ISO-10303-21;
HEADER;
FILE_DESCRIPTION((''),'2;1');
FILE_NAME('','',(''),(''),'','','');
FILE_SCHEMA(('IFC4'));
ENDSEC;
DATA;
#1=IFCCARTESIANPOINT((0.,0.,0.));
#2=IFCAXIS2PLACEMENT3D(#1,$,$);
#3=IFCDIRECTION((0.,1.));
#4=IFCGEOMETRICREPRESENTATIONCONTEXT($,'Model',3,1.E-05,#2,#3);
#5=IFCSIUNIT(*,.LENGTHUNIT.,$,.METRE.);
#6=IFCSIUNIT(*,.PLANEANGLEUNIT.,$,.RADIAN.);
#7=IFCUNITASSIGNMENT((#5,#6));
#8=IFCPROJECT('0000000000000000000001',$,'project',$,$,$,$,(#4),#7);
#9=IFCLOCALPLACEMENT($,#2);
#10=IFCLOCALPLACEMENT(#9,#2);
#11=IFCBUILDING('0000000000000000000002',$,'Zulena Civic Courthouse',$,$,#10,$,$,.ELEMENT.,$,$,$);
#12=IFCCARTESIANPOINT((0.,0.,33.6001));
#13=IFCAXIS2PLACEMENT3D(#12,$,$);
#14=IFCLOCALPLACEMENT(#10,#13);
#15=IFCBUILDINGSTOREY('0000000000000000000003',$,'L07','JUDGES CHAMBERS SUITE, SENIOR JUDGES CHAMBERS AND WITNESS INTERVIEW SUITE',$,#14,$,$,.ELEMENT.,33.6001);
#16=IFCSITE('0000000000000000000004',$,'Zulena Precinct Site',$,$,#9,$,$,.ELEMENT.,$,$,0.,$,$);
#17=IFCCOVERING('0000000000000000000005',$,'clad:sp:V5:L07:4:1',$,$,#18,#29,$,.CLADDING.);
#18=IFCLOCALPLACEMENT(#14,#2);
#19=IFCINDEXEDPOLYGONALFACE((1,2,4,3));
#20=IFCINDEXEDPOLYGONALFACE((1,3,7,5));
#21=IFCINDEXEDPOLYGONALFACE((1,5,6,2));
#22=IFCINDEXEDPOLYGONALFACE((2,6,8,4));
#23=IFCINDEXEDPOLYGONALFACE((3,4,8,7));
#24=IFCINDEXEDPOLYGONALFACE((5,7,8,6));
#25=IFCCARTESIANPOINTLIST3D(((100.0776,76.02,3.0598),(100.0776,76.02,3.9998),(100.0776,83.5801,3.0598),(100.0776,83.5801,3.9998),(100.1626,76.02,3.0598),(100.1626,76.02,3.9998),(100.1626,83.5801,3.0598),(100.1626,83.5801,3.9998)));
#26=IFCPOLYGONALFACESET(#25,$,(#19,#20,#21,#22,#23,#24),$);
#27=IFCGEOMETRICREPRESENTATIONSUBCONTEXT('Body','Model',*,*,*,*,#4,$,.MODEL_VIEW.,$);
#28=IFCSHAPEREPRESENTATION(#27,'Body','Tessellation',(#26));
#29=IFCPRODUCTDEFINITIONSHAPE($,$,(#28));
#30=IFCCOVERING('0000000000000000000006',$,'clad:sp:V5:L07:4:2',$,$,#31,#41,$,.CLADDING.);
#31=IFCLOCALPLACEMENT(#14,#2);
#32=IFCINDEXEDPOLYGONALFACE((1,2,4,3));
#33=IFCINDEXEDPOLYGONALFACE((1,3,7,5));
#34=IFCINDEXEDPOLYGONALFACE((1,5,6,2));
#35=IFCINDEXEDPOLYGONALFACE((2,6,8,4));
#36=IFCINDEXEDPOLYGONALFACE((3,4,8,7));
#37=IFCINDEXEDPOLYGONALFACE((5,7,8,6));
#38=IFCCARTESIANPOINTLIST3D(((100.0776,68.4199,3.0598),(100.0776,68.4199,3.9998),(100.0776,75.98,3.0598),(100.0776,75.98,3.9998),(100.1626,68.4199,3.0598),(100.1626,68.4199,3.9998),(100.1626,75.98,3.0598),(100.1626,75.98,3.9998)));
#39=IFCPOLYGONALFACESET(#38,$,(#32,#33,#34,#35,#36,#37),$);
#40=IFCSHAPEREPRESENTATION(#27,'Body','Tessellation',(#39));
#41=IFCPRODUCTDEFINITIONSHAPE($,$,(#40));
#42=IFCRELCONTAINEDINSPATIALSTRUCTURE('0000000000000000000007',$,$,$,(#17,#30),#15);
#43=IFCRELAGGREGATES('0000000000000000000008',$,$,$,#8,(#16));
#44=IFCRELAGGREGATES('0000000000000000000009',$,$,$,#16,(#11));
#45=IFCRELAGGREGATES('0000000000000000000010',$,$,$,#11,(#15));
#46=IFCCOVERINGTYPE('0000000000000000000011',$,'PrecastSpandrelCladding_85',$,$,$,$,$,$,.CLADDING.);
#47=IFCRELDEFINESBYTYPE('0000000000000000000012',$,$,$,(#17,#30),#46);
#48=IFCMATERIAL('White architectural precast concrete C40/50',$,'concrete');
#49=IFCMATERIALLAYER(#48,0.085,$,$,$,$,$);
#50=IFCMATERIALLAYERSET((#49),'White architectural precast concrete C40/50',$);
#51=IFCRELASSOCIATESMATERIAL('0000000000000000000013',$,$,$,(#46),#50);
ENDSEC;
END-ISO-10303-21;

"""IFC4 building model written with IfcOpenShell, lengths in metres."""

from ifc_helpers import new_model, si_unit, direction, frame, origin, origin_2d, place, context, subcontext, project, spatial, rectangle, extrude, material, layer, layer_set, type_object, element, save


model = new_model("IFC4")

# Units and contexts
model_context = context("Model", 3, precision=1e-05, world=origin(), true_north=direction((0.0, 1.0)))
body_context = subcontext(model_context, "Body", "Model", "MODEL_VIEW")
ifc_project = project(units=[si_unit("LENGTHUNIT", "METRE"), si_unit("PLANEANGLEUNIT", "RADIAN")], contexts=[model_context])

# Site, building, storey
site_placement = place(None, origin())
site = spatial("IfcSite", under=ifc_project, at=site_placement, Name="Zulena Precinct Site", CompositionType="ELEMENT", RefElevation=0.0)
building_placement = place(site_placement, origin())
building = spatial("IfcBuilding", under=site, at=building_placement, Name="Zulena Civic Courthouse", CompositionType="ELEMENT")
storey_placement = place(building_placement, frame((0.0, 0.0, 33.6001)))
storey = spatial("IfcBuildingStorey", under=building, at=storey_placement, Name="L07", Description="JUDGES CHAMBERS SUITE, SENIOR JUDGES CHAMBERS AND WITNESS INTERVIEW SUITE", CompositionType="ELEMENT", Elevation=33.6001)

# Coverings
ifc_material_1 = material(Name="White architectural precast concrete C40/50", Category="concrete")
ifc_layer_1 = layer(ifc_material_1, 0.085)
ifc_layer_set_1 = layer_set([ifc_layer_1], Name="White architectural precast concrete C40/50")
covering_type = type_object("IfcCoveringType", Name="PrecastSpandrelCladding_85", PredefinedType="CLADDING", material=ifc_layer_set_1)
for number, where, z_axis, x_axis, name in (
    (1, (100.1201, 79.8, 3.0598), (0.0, 0.0, 1.0), (0.0, -1.0, 0.0), "clad:sp:V5:L07:4:1"),
    (2, (100.1201, 72.2, 3.0598), (0.0, 0.0, 1.0), (0.0, -1.0, 0.0), "clad:sp:V5:L07:4:2"),
):
    element("IfcCovering", number, at=place(storey_placement, frame(where, z_axis=z_axis, x_axis=x_axis)), inside=storey, type_object=covering_type, Name=name, PredefinedType="CLADDING", context=body_context, shape_type="SweptSolid", body=[
        extrude(rectangle(XDim=7.5601, YDim=0.085, at=origin_2d()), origin(), (0.0, 0.0, 1.0), 0.9399),
    ])

save(model, "model.ifc")
